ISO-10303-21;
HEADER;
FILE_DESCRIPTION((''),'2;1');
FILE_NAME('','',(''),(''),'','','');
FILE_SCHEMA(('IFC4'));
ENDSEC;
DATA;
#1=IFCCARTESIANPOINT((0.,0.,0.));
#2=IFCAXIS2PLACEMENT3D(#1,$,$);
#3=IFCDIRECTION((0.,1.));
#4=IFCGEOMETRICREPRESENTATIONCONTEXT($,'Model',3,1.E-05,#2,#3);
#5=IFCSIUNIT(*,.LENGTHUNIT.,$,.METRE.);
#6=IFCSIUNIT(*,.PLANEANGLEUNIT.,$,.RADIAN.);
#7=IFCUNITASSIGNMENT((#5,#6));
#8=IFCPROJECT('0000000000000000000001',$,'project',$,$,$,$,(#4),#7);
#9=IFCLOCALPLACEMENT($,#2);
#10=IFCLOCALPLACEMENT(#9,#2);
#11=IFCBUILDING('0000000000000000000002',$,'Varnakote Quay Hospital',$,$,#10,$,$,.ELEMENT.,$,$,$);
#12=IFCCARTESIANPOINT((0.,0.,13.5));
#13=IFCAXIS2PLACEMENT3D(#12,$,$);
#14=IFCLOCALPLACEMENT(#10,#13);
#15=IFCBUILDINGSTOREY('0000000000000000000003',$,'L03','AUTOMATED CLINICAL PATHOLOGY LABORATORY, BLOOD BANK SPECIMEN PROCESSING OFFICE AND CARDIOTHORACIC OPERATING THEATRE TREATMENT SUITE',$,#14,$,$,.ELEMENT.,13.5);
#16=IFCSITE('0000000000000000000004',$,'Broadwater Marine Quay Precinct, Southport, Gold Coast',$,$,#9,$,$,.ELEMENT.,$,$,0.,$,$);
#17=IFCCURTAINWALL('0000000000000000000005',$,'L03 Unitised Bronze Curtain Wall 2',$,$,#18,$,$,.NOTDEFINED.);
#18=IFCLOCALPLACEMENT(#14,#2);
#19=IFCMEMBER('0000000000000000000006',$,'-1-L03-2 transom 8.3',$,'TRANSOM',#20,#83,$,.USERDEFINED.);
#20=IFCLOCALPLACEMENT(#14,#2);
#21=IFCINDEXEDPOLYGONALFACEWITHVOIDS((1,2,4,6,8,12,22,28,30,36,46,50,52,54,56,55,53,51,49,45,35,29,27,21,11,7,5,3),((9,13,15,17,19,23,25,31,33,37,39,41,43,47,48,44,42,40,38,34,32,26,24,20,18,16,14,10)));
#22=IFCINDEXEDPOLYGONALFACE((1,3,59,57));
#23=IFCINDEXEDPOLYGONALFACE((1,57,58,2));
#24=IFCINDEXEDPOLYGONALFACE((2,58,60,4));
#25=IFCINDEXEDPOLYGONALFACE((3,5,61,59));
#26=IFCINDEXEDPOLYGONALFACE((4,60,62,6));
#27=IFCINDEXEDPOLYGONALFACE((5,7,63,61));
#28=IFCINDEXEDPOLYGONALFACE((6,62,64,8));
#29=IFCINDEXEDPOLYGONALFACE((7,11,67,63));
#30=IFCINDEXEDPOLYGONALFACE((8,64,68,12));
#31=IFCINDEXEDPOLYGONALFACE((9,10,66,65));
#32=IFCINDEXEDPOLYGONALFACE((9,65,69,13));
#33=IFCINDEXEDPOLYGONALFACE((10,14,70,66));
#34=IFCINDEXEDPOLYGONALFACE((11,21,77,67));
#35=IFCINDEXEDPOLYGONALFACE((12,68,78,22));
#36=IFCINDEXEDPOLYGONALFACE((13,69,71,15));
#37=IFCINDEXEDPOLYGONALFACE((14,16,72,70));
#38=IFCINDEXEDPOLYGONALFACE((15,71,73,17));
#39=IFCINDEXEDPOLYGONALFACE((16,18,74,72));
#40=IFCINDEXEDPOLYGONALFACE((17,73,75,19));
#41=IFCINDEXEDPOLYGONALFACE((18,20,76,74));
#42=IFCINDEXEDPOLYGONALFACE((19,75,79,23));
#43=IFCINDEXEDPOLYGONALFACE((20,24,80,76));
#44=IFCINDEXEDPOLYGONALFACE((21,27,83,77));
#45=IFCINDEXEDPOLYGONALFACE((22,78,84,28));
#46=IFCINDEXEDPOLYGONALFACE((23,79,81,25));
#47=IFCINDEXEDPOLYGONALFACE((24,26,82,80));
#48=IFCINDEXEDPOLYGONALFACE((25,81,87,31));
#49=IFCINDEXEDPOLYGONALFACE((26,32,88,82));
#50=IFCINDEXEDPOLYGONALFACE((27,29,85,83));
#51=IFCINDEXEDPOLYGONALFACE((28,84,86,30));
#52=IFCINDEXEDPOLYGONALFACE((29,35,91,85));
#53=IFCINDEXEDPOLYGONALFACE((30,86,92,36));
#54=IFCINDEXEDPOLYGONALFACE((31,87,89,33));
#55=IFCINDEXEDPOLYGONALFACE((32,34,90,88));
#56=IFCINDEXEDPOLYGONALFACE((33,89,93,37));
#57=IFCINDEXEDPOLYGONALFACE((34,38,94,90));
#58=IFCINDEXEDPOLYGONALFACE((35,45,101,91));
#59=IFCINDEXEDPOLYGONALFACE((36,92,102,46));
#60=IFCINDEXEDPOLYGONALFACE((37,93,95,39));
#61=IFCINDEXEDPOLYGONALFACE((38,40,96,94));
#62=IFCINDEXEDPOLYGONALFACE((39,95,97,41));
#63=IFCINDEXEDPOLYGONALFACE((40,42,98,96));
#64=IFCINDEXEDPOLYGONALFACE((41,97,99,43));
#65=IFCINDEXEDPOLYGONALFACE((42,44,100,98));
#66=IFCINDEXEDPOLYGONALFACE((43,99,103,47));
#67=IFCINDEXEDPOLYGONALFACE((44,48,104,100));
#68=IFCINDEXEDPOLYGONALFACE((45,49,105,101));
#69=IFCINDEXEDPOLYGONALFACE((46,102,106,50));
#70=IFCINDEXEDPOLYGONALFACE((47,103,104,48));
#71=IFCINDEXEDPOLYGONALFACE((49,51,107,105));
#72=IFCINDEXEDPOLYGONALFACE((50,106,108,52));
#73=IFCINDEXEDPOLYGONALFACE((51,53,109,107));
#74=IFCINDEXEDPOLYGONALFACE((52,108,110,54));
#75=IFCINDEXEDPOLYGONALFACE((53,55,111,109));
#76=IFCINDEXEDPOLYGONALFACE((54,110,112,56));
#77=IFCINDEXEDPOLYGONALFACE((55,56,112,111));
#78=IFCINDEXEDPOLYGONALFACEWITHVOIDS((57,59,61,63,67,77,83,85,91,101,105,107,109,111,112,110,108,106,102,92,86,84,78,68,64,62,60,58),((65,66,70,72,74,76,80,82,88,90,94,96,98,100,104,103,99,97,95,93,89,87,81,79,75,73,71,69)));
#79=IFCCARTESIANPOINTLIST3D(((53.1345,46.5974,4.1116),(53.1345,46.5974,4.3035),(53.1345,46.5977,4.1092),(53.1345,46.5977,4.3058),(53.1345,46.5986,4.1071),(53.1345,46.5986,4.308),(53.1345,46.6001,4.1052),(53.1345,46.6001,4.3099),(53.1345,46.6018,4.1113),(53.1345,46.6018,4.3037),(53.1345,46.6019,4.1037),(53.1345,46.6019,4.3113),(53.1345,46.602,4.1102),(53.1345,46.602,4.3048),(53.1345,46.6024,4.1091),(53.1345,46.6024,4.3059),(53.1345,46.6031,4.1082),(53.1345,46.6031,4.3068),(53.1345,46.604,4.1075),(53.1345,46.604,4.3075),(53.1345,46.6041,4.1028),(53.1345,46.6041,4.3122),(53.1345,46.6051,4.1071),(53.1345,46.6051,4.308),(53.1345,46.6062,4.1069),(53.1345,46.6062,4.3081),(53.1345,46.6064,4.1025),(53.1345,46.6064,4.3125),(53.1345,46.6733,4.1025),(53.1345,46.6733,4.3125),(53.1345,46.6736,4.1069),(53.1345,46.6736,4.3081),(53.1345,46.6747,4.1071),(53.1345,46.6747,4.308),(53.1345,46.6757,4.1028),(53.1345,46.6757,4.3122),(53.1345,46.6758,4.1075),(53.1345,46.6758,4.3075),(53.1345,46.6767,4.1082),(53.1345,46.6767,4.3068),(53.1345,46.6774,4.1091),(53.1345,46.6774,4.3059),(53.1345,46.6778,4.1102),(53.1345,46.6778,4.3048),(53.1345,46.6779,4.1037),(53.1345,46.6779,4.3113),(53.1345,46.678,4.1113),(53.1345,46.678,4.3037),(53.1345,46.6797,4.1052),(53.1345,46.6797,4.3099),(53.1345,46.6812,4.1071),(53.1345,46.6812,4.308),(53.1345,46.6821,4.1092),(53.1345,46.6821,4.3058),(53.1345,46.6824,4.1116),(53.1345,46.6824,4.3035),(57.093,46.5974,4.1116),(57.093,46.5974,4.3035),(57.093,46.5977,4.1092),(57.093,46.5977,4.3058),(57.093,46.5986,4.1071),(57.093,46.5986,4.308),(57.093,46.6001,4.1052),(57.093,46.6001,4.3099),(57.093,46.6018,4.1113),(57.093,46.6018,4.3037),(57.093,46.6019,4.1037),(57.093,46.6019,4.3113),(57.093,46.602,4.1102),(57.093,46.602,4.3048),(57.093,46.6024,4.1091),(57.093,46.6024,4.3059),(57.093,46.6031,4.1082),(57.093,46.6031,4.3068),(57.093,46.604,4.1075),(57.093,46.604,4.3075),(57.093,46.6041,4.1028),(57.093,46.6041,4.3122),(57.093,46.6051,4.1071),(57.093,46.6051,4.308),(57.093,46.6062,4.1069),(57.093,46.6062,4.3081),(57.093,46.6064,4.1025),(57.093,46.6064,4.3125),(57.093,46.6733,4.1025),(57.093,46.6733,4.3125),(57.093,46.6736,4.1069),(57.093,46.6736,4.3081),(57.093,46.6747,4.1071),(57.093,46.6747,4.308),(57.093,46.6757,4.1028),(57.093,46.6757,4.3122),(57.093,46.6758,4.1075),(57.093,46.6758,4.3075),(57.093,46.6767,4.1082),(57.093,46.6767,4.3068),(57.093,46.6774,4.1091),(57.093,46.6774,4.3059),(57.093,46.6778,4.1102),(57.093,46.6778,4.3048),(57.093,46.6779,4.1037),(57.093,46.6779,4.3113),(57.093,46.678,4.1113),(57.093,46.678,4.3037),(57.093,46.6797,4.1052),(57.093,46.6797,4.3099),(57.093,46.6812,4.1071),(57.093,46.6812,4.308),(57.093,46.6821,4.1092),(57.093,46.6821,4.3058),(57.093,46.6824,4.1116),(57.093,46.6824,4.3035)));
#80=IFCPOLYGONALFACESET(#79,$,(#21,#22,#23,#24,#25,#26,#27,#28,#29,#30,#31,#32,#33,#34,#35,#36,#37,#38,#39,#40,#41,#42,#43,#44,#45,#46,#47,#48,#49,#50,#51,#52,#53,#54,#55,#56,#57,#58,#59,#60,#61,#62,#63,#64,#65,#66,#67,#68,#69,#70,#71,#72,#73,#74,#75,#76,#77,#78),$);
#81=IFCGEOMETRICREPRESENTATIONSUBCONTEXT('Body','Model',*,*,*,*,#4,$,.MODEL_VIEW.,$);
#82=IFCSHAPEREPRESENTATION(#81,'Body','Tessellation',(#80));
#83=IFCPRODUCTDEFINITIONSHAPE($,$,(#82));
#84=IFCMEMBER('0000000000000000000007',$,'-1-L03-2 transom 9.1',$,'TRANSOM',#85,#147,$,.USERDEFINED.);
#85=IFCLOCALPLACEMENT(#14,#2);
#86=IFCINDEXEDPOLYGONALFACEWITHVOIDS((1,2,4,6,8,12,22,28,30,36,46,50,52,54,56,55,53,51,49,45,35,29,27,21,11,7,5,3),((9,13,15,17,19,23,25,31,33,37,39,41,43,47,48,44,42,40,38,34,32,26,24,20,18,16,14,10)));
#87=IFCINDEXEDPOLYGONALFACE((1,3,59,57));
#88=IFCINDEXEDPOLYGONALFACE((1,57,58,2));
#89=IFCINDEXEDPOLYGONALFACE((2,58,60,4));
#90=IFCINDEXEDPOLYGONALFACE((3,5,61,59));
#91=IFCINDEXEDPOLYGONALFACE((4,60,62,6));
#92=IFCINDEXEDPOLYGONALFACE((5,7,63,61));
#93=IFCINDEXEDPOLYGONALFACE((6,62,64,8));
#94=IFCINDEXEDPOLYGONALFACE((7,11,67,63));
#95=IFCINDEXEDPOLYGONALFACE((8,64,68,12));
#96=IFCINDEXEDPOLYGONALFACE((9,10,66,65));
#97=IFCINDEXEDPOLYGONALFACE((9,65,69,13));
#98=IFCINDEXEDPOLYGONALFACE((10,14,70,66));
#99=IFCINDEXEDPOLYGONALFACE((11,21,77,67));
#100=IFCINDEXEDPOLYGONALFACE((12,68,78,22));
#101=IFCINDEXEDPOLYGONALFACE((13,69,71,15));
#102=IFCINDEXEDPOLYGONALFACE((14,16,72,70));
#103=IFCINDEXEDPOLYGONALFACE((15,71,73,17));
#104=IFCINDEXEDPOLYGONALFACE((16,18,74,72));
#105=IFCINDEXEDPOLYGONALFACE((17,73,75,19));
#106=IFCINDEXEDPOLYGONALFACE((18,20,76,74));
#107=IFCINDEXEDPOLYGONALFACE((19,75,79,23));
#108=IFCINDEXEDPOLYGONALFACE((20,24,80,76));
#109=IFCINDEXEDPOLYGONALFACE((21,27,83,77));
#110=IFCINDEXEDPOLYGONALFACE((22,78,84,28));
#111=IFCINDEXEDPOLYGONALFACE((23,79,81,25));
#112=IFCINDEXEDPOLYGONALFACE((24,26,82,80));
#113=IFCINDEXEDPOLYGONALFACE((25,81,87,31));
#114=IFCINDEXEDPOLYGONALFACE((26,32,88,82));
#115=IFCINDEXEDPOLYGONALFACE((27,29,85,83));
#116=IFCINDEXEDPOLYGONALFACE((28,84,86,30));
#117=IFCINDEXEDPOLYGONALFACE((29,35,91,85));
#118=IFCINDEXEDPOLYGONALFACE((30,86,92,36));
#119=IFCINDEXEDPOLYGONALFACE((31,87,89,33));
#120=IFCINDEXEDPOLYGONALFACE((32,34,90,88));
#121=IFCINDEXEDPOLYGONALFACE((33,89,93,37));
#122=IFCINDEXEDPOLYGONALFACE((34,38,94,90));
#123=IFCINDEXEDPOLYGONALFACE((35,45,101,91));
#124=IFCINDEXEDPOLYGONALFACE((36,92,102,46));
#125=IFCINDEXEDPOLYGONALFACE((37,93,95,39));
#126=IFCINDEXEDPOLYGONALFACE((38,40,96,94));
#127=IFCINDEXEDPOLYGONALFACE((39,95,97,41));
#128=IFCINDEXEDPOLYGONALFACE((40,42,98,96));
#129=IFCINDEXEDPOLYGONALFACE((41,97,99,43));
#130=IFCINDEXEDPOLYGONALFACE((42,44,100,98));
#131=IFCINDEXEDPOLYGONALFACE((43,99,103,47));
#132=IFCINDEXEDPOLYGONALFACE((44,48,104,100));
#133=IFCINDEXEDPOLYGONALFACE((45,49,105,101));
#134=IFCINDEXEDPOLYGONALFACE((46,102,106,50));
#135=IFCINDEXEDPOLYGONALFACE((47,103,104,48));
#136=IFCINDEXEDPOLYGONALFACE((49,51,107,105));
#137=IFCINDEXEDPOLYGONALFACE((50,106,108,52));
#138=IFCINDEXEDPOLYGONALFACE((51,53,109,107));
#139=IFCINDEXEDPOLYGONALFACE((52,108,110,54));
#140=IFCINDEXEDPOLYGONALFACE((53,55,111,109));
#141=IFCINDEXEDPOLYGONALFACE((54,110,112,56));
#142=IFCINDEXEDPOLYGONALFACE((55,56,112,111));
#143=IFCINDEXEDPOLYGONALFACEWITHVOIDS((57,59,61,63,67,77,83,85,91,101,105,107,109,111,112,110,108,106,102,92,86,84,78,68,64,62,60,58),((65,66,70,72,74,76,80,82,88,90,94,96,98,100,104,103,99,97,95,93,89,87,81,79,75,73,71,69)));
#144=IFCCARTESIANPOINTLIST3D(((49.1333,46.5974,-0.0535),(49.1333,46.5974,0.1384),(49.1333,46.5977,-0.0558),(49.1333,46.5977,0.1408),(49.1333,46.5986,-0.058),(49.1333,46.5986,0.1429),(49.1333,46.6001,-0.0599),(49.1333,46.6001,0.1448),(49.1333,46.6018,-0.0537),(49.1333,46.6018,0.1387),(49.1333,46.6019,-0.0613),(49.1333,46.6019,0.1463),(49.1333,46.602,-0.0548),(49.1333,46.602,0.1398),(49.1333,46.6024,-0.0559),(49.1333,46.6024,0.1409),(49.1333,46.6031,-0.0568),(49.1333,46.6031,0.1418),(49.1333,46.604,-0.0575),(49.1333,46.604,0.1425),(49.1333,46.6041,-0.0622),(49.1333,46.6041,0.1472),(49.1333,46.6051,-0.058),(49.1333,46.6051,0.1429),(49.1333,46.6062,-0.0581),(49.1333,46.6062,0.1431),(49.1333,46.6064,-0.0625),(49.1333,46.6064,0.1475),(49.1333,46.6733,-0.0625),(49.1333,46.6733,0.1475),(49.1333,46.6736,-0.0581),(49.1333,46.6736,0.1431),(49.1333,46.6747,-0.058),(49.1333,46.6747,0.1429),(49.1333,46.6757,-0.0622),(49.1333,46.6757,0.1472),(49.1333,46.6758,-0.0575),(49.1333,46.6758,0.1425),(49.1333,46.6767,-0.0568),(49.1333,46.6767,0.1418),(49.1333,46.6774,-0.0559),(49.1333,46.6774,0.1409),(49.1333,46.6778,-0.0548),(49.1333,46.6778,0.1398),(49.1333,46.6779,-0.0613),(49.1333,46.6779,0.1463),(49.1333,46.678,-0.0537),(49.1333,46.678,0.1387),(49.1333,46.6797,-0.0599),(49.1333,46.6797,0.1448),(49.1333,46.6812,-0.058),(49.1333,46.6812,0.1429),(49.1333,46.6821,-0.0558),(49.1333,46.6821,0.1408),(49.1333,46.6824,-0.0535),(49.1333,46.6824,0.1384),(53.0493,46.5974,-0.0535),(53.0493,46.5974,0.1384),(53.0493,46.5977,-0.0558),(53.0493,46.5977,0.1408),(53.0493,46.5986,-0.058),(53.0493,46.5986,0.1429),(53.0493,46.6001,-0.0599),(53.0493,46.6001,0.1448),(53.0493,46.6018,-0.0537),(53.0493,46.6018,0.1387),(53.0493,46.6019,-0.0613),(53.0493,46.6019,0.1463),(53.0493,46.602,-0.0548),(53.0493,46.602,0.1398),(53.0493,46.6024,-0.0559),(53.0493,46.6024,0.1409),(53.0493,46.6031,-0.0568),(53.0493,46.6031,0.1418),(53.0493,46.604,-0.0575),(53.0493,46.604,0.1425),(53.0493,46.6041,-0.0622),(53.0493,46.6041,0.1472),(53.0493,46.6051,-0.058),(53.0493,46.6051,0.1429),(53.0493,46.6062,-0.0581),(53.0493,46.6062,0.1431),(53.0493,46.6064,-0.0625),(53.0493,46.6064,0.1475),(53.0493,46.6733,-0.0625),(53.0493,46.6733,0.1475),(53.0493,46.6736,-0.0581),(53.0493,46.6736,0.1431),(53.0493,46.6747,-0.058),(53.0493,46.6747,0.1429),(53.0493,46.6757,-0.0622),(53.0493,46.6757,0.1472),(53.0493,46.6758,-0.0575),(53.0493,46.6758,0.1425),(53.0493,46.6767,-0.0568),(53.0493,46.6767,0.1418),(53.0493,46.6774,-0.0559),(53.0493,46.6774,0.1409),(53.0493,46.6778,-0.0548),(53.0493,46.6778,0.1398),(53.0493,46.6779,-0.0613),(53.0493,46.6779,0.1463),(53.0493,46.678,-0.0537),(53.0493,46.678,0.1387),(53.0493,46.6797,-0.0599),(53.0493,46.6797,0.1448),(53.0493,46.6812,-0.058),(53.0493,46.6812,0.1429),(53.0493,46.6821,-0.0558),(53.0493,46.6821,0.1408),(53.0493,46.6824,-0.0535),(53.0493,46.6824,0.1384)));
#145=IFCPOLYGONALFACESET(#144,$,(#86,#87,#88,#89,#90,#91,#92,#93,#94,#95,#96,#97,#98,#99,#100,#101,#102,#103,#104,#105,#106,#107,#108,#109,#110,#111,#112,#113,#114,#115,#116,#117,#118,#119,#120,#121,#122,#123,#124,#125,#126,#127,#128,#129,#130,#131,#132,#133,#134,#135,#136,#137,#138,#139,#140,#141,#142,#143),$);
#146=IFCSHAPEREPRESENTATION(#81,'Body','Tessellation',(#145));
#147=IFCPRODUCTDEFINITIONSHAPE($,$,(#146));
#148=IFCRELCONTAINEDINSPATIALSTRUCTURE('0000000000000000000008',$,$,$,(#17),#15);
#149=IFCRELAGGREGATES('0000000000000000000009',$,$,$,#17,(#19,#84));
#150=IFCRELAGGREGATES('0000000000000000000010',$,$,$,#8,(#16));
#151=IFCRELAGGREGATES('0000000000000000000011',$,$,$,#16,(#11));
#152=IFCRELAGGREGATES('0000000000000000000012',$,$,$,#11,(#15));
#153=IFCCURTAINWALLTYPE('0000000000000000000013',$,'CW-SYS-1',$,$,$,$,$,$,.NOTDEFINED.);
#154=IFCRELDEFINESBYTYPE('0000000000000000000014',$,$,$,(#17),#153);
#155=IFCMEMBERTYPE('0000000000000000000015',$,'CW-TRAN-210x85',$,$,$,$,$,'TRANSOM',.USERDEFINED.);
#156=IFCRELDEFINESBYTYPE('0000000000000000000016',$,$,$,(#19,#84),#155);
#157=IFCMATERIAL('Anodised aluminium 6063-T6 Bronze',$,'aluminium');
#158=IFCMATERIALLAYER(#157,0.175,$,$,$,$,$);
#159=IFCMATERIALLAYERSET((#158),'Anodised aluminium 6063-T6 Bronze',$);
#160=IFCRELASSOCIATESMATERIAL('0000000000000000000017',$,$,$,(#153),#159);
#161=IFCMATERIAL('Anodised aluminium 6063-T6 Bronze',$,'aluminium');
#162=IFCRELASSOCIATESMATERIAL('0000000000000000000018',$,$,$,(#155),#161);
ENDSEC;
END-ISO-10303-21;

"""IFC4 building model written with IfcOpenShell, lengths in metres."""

from ifc_helpers import new_model, si_unit, direction, frame, origin, origin_2d, place, context, subcontext, project, spatial, hollow_rectangle, extrude, material, layer, layer_set, material_profile, profile_set, type_object, element, aggregate, save


model = new_model("IFC4")

# Units and contexts
model_context = context("Model", 3, precision=1e-05, world=origin(), true_north=direction((0.0, 1.0)))
body_context = subcontext(model_context, "Body", "Model", "MODEL_VIEW")
ifc_project = project(units=[si_unit("LENGTHUNIT", "METRE"), si_unit("PLANEANGLEUNIT", "RADIAN")], contexts=[model_context])

# Site, building, storey
site_placement = place(None, origin())
site = spatial("IfcSite", under=ifc_project, at=site_placement, Name="Broadwater Marine Quay Precinct, Southport, Gold Coast", CompositionType="ELEMENT", RefElevation=0.0)
building_placement = place(site_placement, origin())
building = spatial("IfcBuilding", under=site, at=building_placement, Name="Varnakote Quay Hospital", CompositionType="ELEMENT")
storey_placement = place(building_placement, frame((0.0, 0.0, 13.5)))
storey = spatial("IfcBuildingStorey", under=building, at=storey_placement, Name="L03", Description="AUTOMATED CLINICAL PATHOLOGY LABORATORY, BLOOD BANK SPECIMEN PROCESSING OFFICE AND CARDIOTHORACIC OPERATING THEATRE TREATMENT SUITE", CompositionType="ELEMENT", Elevation=13.5)

# Curtain wall, members
ifc_material_1 = material(Name="Anodised aluminium 6063-T6 Bronze", Category="aluminium")
ifc_layer_1 = layer(ifc_material_1, 0.175)
ifc_layer_set_1 = layer_set([ifc_layer_1], Name="Anodised aluminium 6063-T6 Bronze")
curtain_wall_type = type_object("IfcCurtainWallType", Name="CW-SYS-1", PredefinedType="NOTDEFINED", material=ifc_layer_set_1)
curtain_wall_placement = place(storey_placement, origin())
curtain_wall = element("IfcCurtainWall", 1, at=curtain_wall_placement, inside=storey, type_object=curtain_wall_type, Name="L03 Unitised Bronze Curtain Wall 2", PredefinedType="NOTDEFINED")
ifc_material_2 = material(Name="Anodised aluminium 6063-T6 Bronze", Category="aluminium")
ifc_material_profile_1 = material_profile(ifc_material_2, hollow_rectangle(XDim=0.085, YDim=0.21, WallThickness=0.0044, InnerFilletRadius=0.0044, OuterFilletRadius=0.009, at=origin_2d()), Name="CW-TRAN-210x85")
ifc_profile_set_1 = profile_set([ifc_material_profile_1], Name="Anodised aluminium 6063-T6 Bronze")
member_type_1 = type_object("IfcMemberType", Name="CW-TRAN-210x85", ElementType="TRANSOM", PredefinedType="USERDEFINED", material=ifc_profile_set_1)
member_1_placement = place(storey_placement, frame((57.093, 46.6399, 4.2075), z_axis=(-1.0, 0.0, 0.0), x_axis=(0.0, -1.0, 0.0)))
member_1 = element("IfcMember", 2, at=member_1_placement, type_object=member_type_1, Name="-1-L03-2 transom 8.3", ObjectType="TRANSOM", PredefinedType="USERDEFINED", context=body_context, shape_type="SweptSolid", body=[
    extrude(hollow_rectangle(XDim=0.085, YDim=0.21, WallThickness=0.0044, InnerFilletRadius=0.0044, OuterFilletRadius=0.009, at=origin_2d()), origin(), (0.0, 0.0, 1.0), 3.9585),
])
member_2_placement = place(storey_placement, frame((53.0493, 46.6399, 0.0425), z_axis=(-1.0, 0.0, 0.0), x_axis=(0.0, -1.0, 0.0)))
member_2 = element("IfcMember", 3, at=member_2_placement, type_object=member_type_1, Name="-1-L03-2 transom 9.1", ObjectType="TRANSOM", PredefinedType="USERDEFINED", context=body_context, shape_type="SweptSolid", body=[
    extrude(hollow_rectangle(XDim=0.085, YDim=0.21, WallThickness=0.0044, InnerFilletRadius=0.0044, OuterFilletRadius=0.009, at=origin_2d()), origin(), (0.0, 0.0, 1.0), 3.916),
])

aggregate(curtain_wall, [member_1, member_2])

save(model, "model.ifc")
